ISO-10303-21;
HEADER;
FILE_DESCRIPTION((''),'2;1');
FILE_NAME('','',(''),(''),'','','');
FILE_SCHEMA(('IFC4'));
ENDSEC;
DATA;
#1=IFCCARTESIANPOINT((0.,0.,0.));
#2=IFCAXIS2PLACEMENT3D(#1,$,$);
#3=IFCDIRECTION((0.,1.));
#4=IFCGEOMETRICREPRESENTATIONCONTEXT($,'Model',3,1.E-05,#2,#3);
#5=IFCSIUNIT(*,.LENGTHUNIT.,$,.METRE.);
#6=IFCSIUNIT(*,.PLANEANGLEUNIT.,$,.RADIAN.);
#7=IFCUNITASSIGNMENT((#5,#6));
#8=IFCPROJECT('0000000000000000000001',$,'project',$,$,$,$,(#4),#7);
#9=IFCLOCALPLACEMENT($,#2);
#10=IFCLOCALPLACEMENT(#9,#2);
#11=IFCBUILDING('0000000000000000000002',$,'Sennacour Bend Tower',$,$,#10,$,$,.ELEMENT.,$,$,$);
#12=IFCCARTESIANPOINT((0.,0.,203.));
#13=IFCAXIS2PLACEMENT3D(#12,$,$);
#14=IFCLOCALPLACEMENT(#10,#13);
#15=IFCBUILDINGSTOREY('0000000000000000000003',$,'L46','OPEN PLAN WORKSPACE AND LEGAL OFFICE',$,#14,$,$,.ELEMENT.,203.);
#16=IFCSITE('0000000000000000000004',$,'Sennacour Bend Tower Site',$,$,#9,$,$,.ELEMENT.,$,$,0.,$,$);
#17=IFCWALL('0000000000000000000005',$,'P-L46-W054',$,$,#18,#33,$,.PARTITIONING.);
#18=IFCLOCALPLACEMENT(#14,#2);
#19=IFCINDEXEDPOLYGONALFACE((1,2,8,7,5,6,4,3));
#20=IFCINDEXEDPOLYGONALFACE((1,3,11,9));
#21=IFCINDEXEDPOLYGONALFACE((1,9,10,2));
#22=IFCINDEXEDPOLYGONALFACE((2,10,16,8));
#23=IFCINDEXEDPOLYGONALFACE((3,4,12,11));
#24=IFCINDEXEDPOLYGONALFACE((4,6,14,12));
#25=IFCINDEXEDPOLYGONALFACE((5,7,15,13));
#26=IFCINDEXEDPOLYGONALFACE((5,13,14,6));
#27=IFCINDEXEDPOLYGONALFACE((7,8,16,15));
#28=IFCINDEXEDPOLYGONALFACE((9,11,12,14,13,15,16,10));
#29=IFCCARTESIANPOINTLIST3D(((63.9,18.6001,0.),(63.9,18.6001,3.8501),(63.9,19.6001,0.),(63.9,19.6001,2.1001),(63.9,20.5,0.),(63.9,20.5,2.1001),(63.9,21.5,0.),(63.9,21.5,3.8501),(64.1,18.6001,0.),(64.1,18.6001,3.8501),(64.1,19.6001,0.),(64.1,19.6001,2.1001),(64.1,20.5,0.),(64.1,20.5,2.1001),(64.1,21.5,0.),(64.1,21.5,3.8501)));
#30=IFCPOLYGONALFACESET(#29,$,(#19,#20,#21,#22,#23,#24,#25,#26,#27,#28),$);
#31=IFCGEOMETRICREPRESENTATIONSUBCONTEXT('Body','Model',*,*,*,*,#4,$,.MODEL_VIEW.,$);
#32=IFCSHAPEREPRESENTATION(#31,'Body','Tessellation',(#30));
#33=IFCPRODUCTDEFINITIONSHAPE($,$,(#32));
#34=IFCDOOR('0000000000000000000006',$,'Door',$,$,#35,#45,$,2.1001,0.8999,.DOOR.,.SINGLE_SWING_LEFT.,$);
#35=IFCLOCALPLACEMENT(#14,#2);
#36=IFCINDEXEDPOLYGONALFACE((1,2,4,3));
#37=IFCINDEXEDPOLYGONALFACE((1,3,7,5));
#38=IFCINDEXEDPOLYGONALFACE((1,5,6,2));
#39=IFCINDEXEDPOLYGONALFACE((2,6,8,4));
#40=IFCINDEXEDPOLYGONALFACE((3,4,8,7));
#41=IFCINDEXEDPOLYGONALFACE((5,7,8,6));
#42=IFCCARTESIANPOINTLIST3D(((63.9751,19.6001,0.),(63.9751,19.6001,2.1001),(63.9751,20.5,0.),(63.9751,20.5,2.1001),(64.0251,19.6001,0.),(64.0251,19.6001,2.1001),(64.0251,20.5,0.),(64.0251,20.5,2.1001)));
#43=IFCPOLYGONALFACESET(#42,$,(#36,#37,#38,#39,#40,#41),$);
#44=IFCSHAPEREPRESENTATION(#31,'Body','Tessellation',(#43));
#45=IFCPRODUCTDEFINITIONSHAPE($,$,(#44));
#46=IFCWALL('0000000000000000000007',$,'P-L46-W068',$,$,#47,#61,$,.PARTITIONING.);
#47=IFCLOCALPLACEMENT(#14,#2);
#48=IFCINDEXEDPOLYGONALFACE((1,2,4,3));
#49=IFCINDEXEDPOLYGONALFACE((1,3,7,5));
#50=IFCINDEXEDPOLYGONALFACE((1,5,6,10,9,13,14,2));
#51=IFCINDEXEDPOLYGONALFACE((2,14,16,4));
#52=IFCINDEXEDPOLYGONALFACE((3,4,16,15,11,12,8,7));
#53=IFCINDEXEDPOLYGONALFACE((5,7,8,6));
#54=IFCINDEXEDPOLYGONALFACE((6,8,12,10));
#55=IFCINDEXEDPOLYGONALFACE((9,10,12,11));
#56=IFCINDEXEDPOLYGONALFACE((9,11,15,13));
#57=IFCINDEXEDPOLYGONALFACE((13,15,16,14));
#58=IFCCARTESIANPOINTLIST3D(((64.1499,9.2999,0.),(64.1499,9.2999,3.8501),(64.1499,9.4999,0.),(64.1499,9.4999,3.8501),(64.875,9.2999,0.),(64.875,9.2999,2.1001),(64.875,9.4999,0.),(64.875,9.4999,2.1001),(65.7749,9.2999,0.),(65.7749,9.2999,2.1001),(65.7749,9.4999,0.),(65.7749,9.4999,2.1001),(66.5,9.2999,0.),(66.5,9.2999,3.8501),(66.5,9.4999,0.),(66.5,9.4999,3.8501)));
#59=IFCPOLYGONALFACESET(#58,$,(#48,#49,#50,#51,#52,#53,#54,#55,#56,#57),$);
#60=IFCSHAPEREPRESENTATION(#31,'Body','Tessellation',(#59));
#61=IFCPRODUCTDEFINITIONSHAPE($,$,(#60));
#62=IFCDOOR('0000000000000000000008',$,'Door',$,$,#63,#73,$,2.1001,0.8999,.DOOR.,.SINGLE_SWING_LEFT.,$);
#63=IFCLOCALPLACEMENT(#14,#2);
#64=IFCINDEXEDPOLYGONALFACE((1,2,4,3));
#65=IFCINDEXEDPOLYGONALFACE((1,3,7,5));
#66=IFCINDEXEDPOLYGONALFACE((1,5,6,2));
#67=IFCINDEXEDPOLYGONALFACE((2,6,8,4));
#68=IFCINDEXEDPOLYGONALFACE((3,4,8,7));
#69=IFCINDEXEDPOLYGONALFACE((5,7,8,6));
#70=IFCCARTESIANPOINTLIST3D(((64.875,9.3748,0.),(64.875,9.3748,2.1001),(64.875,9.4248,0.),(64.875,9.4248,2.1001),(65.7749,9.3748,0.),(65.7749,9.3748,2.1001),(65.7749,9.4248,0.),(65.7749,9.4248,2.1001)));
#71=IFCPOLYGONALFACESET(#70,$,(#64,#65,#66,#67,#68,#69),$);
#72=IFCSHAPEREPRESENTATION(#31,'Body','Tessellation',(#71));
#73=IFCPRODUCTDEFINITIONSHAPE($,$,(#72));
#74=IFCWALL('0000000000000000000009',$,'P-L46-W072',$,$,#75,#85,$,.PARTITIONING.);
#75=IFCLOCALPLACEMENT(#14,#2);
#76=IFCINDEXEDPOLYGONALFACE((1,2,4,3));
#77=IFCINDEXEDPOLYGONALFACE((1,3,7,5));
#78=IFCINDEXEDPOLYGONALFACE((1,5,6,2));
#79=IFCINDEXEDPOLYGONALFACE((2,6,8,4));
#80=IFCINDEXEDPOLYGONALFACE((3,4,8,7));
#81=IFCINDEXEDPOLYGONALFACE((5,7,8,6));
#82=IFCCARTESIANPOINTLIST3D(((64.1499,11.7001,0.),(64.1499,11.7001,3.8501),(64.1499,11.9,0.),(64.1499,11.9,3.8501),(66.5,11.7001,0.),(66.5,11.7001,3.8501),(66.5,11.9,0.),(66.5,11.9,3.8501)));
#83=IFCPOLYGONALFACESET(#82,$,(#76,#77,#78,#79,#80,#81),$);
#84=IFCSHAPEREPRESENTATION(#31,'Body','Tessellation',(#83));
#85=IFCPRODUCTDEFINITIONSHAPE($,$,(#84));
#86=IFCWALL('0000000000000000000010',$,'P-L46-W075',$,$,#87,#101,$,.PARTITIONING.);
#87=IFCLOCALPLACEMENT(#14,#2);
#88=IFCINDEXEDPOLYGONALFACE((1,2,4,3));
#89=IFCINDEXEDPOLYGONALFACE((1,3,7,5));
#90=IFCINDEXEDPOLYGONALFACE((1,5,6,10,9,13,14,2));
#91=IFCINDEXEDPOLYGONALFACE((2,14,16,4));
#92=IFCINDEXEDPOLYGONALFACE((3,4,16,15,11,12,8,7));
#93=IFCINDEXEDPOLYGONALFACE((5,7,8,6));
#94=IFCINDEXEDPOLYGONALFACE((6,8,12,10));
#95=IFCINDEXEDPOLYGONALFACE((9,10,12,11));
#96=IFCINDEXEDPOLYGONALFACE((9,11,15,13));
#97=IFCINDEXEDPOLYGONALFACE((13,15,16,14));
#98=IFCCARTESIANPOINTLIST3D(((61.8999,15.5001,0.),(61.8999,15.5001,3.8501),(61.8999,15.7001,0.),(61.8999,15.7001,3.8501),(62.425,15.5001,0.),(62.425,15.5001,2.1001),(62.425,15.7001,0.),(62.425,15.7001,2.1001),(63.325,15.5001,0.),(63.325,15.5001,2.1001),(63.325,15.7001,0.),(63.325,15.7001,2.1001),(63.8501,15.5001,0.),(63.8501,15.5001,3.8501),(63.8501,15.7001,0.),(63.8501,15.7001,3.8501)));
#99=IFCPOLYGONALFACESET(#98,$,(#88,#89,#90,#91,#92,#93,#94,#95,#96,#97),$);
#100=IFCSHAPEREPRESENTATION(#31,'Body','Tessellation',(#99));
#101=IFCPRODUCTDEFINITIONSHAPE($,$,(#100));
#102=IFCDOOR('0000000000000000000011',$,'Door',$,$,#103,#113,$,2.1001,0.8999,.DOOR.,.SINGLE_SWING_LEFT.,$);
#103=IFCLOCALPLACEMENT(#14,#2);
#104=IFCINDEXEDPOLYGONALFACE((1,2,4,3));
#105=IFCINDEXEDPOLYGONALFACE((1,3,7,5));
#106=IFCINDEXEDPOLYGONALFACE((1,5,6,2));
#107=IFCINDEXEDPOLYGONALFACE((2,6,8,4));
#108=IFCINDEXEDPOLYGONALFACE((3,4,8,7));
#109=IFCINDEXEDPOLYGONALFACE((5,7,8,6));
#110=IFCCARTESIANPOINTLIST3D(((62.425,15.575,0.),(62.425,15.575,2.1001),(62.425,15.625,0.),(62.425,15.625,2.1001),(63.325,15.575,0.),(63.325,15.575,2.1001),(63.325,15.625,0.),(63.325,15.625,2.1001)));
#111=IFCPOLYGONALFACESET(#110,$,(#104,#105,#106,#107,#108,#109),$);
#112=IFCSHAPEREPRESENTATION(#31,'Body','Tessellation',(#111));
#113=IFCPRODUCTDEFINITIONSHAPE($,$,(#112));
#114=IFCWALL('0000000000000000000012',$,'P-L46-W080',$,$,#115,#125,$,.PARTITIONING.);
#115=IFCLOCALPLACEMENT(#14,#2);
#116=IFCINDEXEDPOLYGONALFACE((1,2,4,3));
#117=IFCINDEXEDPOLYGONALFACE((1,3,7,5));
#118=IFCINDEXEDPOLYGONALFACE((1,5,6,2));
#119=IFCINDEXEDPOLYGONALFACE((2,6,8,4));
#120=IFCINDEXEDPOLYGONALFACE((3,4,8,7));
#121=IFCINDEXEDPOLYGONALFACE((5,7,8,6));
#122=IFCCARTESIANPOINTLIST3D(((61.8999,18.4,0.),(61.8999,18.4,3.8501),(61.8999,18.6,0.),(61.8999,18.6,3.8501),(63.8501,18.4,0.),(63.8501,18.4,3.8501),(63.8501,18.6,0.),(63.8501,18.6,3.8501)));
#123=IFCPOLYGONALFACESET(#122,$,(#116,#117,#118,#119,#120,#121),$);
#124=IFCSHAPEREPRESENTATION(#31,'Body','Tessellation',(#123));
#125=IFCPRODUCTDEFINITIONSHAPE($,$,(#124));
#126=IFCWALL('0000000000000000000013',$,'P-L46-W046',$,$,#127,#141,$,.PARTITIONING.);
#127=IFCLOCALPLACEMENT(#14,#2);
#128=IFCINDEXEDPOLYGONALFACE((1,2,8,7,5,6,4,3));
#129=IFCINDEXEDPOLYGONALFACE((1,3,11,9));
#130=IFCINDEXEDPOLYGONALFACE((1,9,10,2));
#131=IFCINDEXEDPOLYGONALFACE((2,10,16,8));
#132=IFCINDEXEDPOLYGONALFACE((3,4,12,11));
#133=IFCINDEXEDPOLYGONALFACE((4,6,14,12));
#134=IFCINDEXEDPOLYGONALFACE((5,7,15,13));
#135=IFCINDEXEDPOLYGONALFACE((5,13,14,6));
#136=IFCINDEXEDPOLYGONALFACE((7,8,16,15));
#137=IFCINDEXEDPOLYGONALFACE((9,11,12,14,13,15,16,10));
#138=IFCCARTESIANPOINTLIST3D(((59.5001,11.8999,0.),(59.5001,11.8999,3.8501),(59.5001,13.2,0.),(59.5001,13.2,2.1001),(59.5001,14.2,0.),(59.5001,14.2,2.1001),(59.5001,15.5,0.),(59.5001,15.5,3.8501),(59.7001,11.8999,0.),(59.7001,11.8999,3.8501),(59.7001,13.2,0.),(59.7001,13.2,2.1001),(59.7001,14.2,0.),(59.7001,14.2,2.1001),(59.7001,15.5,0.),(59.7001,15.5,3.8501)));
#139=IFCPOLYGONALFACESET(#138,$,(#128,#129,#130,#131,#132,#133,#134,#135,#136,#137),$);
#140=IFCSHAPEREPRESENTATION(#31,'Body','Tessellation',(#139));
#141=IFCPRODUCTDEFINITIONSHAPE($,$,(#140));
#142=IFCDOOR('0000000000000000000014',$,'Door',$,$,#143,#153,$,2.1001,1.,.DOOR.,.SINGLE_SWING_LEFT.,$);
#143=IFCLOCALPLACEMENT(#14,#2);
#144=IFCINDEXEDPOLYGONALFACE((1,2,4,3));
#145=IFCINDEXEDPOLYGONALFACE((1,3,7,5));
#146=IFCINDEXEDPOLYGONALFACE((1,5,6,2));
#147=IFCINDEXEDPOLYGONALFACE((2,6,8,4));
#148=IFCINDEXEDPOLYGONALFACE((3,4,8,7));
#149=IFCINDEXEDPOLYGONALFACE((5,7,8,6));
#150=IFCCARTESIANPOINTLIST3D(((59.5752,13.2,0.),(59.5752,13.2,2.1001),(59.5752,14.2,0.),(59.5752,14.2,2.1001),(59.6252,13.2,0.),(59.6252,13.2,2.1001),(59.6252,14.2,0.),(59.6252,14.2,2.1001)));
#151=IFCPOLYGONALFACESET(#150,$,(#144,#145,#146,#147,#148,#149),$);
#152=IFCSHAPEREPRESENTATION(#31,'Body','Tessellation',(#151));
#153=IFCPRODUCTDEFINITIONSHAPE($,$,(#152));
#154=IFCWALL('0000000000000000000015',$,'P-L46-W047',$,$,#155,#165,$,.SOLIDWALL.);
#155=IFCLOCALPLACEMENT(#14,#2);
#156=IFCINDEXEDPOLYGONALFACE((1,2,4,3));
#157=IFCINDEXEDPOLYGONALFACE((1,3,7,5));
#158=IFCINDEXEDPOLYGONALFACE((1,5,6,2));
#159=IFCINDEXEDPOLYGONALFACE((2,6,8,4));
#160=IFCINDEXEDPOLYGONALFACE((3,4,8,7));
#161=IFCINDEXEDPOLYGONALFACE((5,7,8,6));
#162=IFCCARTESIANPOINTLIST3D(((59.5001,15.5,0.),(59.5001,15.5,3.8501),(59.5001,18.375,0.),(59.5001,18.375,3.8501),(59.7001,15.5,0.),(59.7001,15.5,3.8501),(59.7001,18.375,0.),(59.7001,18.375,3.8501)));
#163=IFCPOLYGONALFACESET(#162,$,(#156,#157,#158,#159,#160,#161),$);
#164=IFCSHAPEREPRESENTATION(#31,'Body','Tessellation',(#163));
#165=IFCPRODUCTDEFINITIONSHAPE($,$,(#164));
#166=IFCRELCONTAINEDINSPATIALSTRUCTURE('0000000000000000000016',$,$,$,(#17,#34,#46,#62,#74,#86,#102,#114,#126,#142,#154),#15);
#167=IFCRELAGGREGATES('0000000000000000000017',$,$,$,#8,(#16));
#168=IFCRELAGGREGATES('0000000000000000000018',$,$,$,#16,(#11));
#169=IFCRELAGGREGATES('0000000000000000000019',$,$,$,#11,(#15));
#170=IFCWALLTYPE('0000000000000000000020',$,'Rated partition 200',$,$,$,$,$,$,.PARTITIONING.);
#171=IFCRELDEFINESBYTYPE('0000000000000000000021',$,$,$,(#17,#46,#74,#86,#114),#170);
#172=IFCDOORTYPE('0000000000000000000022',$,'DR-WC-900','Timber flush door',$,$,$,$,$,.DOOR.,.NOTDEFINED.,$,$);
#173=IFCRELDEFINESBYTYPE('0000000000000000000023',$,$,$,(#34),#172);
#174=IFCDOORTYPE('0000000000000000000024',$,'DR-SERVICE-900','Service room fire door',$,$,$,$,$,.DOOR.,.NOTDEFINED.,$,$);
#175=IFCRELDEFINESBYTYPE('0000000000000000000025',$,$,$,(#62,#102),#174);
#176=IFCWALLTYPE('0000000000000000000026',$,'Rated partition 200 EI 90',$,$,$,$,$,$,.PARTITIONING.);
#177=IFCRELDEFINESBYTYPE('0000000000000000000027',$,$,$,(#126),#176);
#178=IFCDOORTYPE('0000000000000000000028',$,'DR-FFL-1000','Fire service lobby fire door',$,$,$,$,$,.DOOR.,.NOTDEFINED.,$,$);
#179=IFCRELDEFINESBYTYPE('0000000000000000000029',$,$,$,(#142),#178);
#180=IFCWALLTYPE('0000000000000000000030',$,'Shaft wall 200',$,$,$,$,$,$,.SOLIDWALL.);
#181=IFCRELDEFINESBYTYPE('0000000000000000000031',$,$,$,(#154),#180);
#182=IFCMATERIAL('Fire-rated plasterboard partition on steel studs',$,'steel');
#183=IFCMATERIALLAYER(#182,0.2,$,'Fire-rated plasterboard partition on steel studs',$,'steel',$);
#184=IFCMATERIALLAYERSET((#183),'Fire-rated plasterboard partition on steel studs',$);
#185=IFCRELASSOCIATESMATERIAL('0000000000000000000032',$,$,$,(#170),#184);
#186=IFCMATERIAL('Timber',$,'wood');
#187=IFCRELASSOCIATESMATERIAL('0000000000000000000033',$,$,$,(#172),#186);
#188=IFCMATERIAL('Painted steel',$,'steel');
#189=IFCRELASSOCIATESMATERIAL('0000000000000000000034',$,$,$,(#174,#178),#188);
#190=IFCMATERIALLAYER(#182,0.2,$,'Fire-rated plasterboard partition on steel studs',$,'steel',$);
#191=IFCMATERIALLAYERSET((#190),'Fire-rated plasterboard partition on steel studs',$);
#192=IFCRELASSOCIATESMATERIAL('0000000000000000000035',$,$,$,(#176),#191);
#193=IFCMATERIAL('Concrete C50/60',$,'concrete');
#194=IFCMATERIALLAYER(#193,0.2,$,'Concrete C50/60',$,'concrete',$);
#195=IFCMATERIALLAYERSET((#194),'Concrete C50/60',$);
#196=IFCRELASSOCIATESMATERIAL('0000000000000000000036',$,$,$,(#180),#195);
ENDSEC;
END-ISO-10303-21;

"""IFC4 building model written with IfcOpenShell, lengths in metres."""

from ifc_helpers import new_model, si_unit, direction, frame, frame_2d, origin, place, context, subcontext, project, spatial, rectangle, extrude, material, layer, layer_set, type_object, element, fill, save


model = new_model("IFC4")

# Units and contexts
model_context = context("Model", 3, precision=1e-05, world=origin(), true_north=direction((0.0, 1.0)))
body_context = subcontext(model_context, "Body", "Model", "MODEL_VIEW")
ifc_project = project(units=[si_unit("LENGTHUNIT", "METRE"), si_unit("PLANEANGLEUNIT", "RADIAN")], contexts=[model_context])

# Site, building, storey
site_placement = place(None, origin())
site = spatial("IfcSite", under=ifc_project, at=site_placement, Name="Sennacour Bend Tower Site", CompositionType="ELEMENT", RefElevation=0.0)
building_placement = place(site_placement, origin())
building = spatial("IfcBuilding", under=site, at=building_placement, Name="Sennacour Bend Tower", CompositionType="ELEMENT")
storey_placement = place(building_placement, frame((0.0, 0.0, 203.0)))
storey = spatial("IfcBuildingStorey", under=building, at=storey_placement, Name="L46", Description="OPEN PLAN WORKSPACE AND LEGAL OFFICE", CompositionType="ELEMENT", Elevation=203.0)

# Walls, openings, doors
ifc_material_1 = material(Name="Fire-rated plasterboard partition on steel studs", Category="steel")
ifc_layer_1 = layer(ifc_material_1, 0.2, Name="Fire-rated plasterboard partition on steel studs", Category="steel")
ifc_layer_set_1 = layer_set([ifc_layer_1], Name="Fire-rated plasterboard partition on steel studs")
wall_type_1 = type_object("IfcWallType", Name="Rated partition 200", PredefinedType="PARTITIONING", material=ifc_layer_set_1)
wall_1_placement = place(storey_placement, frame((64.0, 18.6001, 0.0), z_axis=(0.0, 0.0, 1.0), x_axis=(0.0, 1.0, 0.0)))
wall_1 = element("IfcWall", 1, at=wall_1_placement, inside=storey, type_object=wall_type_1, Name="P-L46-W054", PredefinedType="PARTITIONING", context=body_context, shape_type="SweptSolid", body=[
    extrude(rectangle(XDim=2.8999, YDim=0.2, at=frame_2d((1.45, 0.0))), origin(), (0.0, 0.0, 1.0), 3.8501),
])
opening_1_placement = place(wall_1_placement, frame((1.0, 0.0, 0.0)))
opening_1 = element("IfcOpeningElement", 2, at=opening_1_placement, cuts=wall_1, PredefinedType="OPENING", context=body_context, shape_type="SweptSolid", body=[
    extrude(rectangle(XDim=0.8999, YDim=2.1001, at=frame_2d((0.45, 1.05))), frame((0.0, 0.1099, 0.0), z_axis=(0.0, -1.0, 0.0), x_axis=(1.0, 0.0, 0.0)), (0.0, 0.0, 1.0), 0.22),
])
ifc_material_2 = material(Name="Timber", Category="wood")
door_type_1 = type_object("IfcDoorType", Name="DR-WC-900", Description="Timber flush door", OperationType="NOTDEFINED", PredefinedType="DOOR", material=ifc_material_2)
door_1_placement = place(opening_1_placement, origin())
door_1 = element("IfcDoor", 3, at=door_1_placement, inside=storey, type_object=door_type_1, Name="Door", OperationType="SINGLE_SWING_LEFT", OverallHeight=2.1001, OverallWidth=0.8999, PredefinedType="DOOR", context=body_context, shape_type="SweptSolid", body=[
    extrude(rectangle(XDim=0.8999, YDim=2.1001, at=frame_2d((0.45, 1.05))), frame((0.0, 0.0249, 0.0), z_axis=(0.0, -1.0, 0.0), x_axis=(1.0, 0.0, 0.0)), (0.0, 0.0, 1.0), 0.05),
])
fill(opening_1, door_1)
wall_2_placement = place(storey_placement, frame((64.1499, 9.3999, 0.0), z_axis=(0.0, 0.0, 1.0), x_axis=(1.0, 0.0, 0.0)))
wall_2 = element("IfcWall", 4, at=wall_2_placement, inside=storey, type_object=wall_type_1, Name="P-L46-W068", PredefinedType="PARTITIONING", context=body_context, shape_type="SweptSolid", body=[
    extrude(rectangle(XDim=2.3501, YDim=0.2, at=frame_2d((1.175, 0.0))), origin(), (0.0, 0.0, 1.0), 3.8501),
])
opening_2_placement = place(wall_2_placement, frame((0.7251, 0.0, 0.0)))
opening_2 = element("IfcOpeningElement", 5, at=opening_2_placement, cuts=wall_2, PredefinedType="OPENING", context=body_context, shape_type="SweptSolid", body=[
    extrude(rectangle(XDim=0.8999, YDim=2.1001, at=frame_2d((0.45, 1.05))), frame((0.0, 0.1099, 0.0), z_axis=(0.0, -1.0, 0.0), x_axis=(1.0, 0.0, 0.0)), (0.0, 0.0, 1.0), 0.22),
])
ifc_material_3 = material(Name="Painted steel", Category="steel")
door_type_2 = type_object("IfcDoorType", Name="DR-SERVICE-900", Description="Service room fire door", OperationType="NOTDEFINED", PredefinedType="DOOR", material=ifc_material_3)
door_2_placement = place(opening_2_placement, origin())
door_2 = element("IfcDoor", 6, at=door_2_placement, inside=storey, type_object=door_type_2, Name="Door", OperationType="SINGLE_SWING_LEFT", OverallHeight=2.1001, OverallWidth=0.8999, PredefinedType="DOOR", context=body_context, shape_type="SweptSolid", body=[
    extrude(rectangle(XDim=0.8999, YDim=2.1001, at=frame_2d((0.45, 1.05))), frame((0.0, 0.0249, 0.0), z_axis=(0.0, -1.0, 0.0), x_axis=(1.0, 0.0, 0.0)), (0.0, 0.0, 1.0), 0.05),
])
fill(opening_2, door_2)

# Wall
wall_3_placement = place(storey_placement, frame((64.1499, 11.8, 0.0), z_axis=(0.0, 0.0, 1.0), x_axis=(1.0, 0.0, 0.0)))
element("IfcWall", 7, at=wall_3_placement, inside=storey, type_object=wall_type_1, Name="P-L46-W072", PredefinedType="PARTITIONING", context=body_context, shape_type="SweptSolid", body=[
    extrude(rectangle(XDim=2.3501, YDim=0.2, at=frame_2d((1.175, 0.0))), origin(), (0.0, 0.0, 1.0), 3.8501),
])

# Wall, opening, door
wall_4_placement = place(storey_placement, frame((61.8999, 15.6001, 0.0), z_axis=(0.0, 0.0, 1.0), x_axis=(1.0, 0.0, 0.0)))
wall_4 = element("IfcWall", 8, at=wall_4_placement, inside=storey, type_object=wall_type_1, Name="P-L46-W075", PredefinedType="PARTITIONING", context=body_context, shape_type="SweptSolid", body=[
    extrude(rectangle(XDim=1.9502, YDim=0.2, at=frame_2d((0.9751, 0.0))), origin(), (0.0, 0.0, 1.0), 3.8501),
])
opening_3_placement = place(wall_4_placement, frame((0.5251, 0.0, 0.0)))
opening_3 = element("IfcOpeningElement", 9, at=opening_3_placement, cuts=wall_4, PredefinedType="OPENING", context=body_context, shape_type="SweptSolid", body=[
    extrude(rectangle(XDim=0.8999, YDim=2.1001, at=frame_2d((0.45, 1.05))), frame((0.0, 0.1099, 0.0), z_axis=(0.0, -1.0, 0.0), x_axis=(1.0, 0.0, 0.0)), (0.0, 0.0, 1.0), 0.22),
])
door_3_placement = place(opening_3_placement, origin())
door_3 = element("IfcDoor", 10, at=door_3_placement, inside=storey, type_object=door_type_2, Name="Door", OperationType="SINGLE_SWING_LEFT", OverallHeight=2.1001, OverallWidth=0.8999, PredefinedType="DOOR", context=body_context, shape_type="SweptSolid", body=[
    extrude(rectangle(XDim=0.8999, YDim=2.1001, at=frame_2d((0.45, 1.05))), frame((0.0, 0.0249, 0.0), z_axis=(0.0, -1.0, 0.0), x_axis=(1.0, 0.0, 0.0)), (0.0, 0.0, 1.0), 0.05),
])
fill(opening_3, door_3)

# Wall
wall_5_placement = place(storey_placement, frame((61.8999, 18.5, 0.0), z_axis=(0.0, 0.0, 1.0), x_axis=(1.0, 0.0, 0.0)))
element("IfcWall", 11, at=wall_5_placement, inside=storey, type_object=wall_type_1, Name="P-L46-W080", PredefinedType="PARTITIONING", context=body_context, shape_type="SweptSolid", body=[
    extrude(rectangle(XDim=1.9502, YDim=0.2, at=frame_2d((0.9751, 0.0))), origin(), (0.0, 0.0, 1.0), 3.8501),
])

# Wall, opening, door
ifc_layer_2 = layer(ifc_material_1, 0.2, Name="Fire-rated plasterboard partition on steel studs", Category="steel")
ifc_layer_set_2 = layer_set([ifc_layer_2], Name="Fire-rated plasterboard partition on steel studs")
wall_type_2 = type_object("IfcWallType", Name="Rated partition 200 EI 90", PredefinedType="PARTITIONING", material=ifc_layer_set_2)
wall_6_placement = place(storey_placement, frame((59.6001, 11.8999, 0.0), z_axis=(0.0, 0.0, 1.0), x_axis=(0.0, 1.0, 0.0)))
wall_6 = element("IfcWall", 12, at=wall_6_placement, inside=storey, type_object=wall_type_2, Name="P-L46-W046", PredefinedType="PARTITIONING", context=body_context, shape_type="SweptSolid", body=[
    extrude(rectangle(XDim=3.6001, YDim=0.2, at=frame_2d((1.8, 0.0))), origin(), (0.0, 0.0, 1.0), 3.8501),
])
opening_4_placement = place(wall_6_placement, frame((1.3, 0.0, 0.0)))
opening_4 = element("IfcOpeningElement", 13, at=opening_4_placement, cuts=wall_6, PredefinedType="OPENING", context=body_context, shape_type="SweptSolid", body=[
    extrude(rectangle(XDim=1.0, YDim=2.1001, at=frame_2d((0.5, 1.05))), frame((0.0, 0.1099, 0.0), z_axis=(0.0, -1.0, 0.0), x_axis=(1.0, 0.0, 0.0)), (0.0, 0.0, 1.0), 0.22),
])
door_type_3 = type_object("IfcDoorType", Name="DR-FFL-1000", Description="Fire service lobby fire door", OperationType="NOTDEFINED", PredefinedType="DOOR", material=ifc_material_3)
door_4_placement = place(opening_4_placement, origin())
door_4 = element("IfcDoor", 14, at=door_4_placement, inside=storey, type_object=door_type_3, Name="Door", OperationType="SINGLE_SWING_LEFT", OverallHeight=2.1001, OverallWidth=1.0, PredefinedType="DOOR", context=body_context, shape_type="SweptSolid", body=[
    extrude(rectangle(XDim=1.0, YDim=2.1001, at=frame_2d((0.5, 1.05))), frame((0.0, 0.0249, 0.0), z_axis=(0.0, -1.0, 0.0), x_axis=(1.0, 0.0, 0.0)), (0.0, 0.0, 1.0), 0.05),
])
fill(opening_4, door_4)

# Wall
ifc_material_4 = material(Name="Concrete C50/60", Category="concrete")
ifc_layer_3 = layer(ifc_material_4, 0.2, Name="Concrete C50/60", Category="concrete")
ifc_layer_set_3 = layer_set([ifc_layer_3], Name="Concrete C50/60")
wall_type_3 = type_object("IfcWallType", Name="Shaft wall 200", PredefinedType="SOLIDWALL", material=ifc_layer_set_3)
wall_7_placement = place(storey_placement, frame((59.6001, 15.5, 0.0), z_axis=(0.0, 0.0, 1.0), x_axis=(0.0, 1.0, 0.0)))
element("IfcWall", 15, at=wall_7_placement, inside=storey, type_object=wall_type_3, Name="P-L46-W047", PredefinedType="SOLIDWALL", context=body_context, shape_type="SweptSolid", body=[
    extrude(rectangle(XDim=2.875, YDim=0.2, at=frame_2d((1.4375, 0.0))), origin(), (0.0, 0.0, 1.0), 3.8501),
])

save(model, "model.ifc")
